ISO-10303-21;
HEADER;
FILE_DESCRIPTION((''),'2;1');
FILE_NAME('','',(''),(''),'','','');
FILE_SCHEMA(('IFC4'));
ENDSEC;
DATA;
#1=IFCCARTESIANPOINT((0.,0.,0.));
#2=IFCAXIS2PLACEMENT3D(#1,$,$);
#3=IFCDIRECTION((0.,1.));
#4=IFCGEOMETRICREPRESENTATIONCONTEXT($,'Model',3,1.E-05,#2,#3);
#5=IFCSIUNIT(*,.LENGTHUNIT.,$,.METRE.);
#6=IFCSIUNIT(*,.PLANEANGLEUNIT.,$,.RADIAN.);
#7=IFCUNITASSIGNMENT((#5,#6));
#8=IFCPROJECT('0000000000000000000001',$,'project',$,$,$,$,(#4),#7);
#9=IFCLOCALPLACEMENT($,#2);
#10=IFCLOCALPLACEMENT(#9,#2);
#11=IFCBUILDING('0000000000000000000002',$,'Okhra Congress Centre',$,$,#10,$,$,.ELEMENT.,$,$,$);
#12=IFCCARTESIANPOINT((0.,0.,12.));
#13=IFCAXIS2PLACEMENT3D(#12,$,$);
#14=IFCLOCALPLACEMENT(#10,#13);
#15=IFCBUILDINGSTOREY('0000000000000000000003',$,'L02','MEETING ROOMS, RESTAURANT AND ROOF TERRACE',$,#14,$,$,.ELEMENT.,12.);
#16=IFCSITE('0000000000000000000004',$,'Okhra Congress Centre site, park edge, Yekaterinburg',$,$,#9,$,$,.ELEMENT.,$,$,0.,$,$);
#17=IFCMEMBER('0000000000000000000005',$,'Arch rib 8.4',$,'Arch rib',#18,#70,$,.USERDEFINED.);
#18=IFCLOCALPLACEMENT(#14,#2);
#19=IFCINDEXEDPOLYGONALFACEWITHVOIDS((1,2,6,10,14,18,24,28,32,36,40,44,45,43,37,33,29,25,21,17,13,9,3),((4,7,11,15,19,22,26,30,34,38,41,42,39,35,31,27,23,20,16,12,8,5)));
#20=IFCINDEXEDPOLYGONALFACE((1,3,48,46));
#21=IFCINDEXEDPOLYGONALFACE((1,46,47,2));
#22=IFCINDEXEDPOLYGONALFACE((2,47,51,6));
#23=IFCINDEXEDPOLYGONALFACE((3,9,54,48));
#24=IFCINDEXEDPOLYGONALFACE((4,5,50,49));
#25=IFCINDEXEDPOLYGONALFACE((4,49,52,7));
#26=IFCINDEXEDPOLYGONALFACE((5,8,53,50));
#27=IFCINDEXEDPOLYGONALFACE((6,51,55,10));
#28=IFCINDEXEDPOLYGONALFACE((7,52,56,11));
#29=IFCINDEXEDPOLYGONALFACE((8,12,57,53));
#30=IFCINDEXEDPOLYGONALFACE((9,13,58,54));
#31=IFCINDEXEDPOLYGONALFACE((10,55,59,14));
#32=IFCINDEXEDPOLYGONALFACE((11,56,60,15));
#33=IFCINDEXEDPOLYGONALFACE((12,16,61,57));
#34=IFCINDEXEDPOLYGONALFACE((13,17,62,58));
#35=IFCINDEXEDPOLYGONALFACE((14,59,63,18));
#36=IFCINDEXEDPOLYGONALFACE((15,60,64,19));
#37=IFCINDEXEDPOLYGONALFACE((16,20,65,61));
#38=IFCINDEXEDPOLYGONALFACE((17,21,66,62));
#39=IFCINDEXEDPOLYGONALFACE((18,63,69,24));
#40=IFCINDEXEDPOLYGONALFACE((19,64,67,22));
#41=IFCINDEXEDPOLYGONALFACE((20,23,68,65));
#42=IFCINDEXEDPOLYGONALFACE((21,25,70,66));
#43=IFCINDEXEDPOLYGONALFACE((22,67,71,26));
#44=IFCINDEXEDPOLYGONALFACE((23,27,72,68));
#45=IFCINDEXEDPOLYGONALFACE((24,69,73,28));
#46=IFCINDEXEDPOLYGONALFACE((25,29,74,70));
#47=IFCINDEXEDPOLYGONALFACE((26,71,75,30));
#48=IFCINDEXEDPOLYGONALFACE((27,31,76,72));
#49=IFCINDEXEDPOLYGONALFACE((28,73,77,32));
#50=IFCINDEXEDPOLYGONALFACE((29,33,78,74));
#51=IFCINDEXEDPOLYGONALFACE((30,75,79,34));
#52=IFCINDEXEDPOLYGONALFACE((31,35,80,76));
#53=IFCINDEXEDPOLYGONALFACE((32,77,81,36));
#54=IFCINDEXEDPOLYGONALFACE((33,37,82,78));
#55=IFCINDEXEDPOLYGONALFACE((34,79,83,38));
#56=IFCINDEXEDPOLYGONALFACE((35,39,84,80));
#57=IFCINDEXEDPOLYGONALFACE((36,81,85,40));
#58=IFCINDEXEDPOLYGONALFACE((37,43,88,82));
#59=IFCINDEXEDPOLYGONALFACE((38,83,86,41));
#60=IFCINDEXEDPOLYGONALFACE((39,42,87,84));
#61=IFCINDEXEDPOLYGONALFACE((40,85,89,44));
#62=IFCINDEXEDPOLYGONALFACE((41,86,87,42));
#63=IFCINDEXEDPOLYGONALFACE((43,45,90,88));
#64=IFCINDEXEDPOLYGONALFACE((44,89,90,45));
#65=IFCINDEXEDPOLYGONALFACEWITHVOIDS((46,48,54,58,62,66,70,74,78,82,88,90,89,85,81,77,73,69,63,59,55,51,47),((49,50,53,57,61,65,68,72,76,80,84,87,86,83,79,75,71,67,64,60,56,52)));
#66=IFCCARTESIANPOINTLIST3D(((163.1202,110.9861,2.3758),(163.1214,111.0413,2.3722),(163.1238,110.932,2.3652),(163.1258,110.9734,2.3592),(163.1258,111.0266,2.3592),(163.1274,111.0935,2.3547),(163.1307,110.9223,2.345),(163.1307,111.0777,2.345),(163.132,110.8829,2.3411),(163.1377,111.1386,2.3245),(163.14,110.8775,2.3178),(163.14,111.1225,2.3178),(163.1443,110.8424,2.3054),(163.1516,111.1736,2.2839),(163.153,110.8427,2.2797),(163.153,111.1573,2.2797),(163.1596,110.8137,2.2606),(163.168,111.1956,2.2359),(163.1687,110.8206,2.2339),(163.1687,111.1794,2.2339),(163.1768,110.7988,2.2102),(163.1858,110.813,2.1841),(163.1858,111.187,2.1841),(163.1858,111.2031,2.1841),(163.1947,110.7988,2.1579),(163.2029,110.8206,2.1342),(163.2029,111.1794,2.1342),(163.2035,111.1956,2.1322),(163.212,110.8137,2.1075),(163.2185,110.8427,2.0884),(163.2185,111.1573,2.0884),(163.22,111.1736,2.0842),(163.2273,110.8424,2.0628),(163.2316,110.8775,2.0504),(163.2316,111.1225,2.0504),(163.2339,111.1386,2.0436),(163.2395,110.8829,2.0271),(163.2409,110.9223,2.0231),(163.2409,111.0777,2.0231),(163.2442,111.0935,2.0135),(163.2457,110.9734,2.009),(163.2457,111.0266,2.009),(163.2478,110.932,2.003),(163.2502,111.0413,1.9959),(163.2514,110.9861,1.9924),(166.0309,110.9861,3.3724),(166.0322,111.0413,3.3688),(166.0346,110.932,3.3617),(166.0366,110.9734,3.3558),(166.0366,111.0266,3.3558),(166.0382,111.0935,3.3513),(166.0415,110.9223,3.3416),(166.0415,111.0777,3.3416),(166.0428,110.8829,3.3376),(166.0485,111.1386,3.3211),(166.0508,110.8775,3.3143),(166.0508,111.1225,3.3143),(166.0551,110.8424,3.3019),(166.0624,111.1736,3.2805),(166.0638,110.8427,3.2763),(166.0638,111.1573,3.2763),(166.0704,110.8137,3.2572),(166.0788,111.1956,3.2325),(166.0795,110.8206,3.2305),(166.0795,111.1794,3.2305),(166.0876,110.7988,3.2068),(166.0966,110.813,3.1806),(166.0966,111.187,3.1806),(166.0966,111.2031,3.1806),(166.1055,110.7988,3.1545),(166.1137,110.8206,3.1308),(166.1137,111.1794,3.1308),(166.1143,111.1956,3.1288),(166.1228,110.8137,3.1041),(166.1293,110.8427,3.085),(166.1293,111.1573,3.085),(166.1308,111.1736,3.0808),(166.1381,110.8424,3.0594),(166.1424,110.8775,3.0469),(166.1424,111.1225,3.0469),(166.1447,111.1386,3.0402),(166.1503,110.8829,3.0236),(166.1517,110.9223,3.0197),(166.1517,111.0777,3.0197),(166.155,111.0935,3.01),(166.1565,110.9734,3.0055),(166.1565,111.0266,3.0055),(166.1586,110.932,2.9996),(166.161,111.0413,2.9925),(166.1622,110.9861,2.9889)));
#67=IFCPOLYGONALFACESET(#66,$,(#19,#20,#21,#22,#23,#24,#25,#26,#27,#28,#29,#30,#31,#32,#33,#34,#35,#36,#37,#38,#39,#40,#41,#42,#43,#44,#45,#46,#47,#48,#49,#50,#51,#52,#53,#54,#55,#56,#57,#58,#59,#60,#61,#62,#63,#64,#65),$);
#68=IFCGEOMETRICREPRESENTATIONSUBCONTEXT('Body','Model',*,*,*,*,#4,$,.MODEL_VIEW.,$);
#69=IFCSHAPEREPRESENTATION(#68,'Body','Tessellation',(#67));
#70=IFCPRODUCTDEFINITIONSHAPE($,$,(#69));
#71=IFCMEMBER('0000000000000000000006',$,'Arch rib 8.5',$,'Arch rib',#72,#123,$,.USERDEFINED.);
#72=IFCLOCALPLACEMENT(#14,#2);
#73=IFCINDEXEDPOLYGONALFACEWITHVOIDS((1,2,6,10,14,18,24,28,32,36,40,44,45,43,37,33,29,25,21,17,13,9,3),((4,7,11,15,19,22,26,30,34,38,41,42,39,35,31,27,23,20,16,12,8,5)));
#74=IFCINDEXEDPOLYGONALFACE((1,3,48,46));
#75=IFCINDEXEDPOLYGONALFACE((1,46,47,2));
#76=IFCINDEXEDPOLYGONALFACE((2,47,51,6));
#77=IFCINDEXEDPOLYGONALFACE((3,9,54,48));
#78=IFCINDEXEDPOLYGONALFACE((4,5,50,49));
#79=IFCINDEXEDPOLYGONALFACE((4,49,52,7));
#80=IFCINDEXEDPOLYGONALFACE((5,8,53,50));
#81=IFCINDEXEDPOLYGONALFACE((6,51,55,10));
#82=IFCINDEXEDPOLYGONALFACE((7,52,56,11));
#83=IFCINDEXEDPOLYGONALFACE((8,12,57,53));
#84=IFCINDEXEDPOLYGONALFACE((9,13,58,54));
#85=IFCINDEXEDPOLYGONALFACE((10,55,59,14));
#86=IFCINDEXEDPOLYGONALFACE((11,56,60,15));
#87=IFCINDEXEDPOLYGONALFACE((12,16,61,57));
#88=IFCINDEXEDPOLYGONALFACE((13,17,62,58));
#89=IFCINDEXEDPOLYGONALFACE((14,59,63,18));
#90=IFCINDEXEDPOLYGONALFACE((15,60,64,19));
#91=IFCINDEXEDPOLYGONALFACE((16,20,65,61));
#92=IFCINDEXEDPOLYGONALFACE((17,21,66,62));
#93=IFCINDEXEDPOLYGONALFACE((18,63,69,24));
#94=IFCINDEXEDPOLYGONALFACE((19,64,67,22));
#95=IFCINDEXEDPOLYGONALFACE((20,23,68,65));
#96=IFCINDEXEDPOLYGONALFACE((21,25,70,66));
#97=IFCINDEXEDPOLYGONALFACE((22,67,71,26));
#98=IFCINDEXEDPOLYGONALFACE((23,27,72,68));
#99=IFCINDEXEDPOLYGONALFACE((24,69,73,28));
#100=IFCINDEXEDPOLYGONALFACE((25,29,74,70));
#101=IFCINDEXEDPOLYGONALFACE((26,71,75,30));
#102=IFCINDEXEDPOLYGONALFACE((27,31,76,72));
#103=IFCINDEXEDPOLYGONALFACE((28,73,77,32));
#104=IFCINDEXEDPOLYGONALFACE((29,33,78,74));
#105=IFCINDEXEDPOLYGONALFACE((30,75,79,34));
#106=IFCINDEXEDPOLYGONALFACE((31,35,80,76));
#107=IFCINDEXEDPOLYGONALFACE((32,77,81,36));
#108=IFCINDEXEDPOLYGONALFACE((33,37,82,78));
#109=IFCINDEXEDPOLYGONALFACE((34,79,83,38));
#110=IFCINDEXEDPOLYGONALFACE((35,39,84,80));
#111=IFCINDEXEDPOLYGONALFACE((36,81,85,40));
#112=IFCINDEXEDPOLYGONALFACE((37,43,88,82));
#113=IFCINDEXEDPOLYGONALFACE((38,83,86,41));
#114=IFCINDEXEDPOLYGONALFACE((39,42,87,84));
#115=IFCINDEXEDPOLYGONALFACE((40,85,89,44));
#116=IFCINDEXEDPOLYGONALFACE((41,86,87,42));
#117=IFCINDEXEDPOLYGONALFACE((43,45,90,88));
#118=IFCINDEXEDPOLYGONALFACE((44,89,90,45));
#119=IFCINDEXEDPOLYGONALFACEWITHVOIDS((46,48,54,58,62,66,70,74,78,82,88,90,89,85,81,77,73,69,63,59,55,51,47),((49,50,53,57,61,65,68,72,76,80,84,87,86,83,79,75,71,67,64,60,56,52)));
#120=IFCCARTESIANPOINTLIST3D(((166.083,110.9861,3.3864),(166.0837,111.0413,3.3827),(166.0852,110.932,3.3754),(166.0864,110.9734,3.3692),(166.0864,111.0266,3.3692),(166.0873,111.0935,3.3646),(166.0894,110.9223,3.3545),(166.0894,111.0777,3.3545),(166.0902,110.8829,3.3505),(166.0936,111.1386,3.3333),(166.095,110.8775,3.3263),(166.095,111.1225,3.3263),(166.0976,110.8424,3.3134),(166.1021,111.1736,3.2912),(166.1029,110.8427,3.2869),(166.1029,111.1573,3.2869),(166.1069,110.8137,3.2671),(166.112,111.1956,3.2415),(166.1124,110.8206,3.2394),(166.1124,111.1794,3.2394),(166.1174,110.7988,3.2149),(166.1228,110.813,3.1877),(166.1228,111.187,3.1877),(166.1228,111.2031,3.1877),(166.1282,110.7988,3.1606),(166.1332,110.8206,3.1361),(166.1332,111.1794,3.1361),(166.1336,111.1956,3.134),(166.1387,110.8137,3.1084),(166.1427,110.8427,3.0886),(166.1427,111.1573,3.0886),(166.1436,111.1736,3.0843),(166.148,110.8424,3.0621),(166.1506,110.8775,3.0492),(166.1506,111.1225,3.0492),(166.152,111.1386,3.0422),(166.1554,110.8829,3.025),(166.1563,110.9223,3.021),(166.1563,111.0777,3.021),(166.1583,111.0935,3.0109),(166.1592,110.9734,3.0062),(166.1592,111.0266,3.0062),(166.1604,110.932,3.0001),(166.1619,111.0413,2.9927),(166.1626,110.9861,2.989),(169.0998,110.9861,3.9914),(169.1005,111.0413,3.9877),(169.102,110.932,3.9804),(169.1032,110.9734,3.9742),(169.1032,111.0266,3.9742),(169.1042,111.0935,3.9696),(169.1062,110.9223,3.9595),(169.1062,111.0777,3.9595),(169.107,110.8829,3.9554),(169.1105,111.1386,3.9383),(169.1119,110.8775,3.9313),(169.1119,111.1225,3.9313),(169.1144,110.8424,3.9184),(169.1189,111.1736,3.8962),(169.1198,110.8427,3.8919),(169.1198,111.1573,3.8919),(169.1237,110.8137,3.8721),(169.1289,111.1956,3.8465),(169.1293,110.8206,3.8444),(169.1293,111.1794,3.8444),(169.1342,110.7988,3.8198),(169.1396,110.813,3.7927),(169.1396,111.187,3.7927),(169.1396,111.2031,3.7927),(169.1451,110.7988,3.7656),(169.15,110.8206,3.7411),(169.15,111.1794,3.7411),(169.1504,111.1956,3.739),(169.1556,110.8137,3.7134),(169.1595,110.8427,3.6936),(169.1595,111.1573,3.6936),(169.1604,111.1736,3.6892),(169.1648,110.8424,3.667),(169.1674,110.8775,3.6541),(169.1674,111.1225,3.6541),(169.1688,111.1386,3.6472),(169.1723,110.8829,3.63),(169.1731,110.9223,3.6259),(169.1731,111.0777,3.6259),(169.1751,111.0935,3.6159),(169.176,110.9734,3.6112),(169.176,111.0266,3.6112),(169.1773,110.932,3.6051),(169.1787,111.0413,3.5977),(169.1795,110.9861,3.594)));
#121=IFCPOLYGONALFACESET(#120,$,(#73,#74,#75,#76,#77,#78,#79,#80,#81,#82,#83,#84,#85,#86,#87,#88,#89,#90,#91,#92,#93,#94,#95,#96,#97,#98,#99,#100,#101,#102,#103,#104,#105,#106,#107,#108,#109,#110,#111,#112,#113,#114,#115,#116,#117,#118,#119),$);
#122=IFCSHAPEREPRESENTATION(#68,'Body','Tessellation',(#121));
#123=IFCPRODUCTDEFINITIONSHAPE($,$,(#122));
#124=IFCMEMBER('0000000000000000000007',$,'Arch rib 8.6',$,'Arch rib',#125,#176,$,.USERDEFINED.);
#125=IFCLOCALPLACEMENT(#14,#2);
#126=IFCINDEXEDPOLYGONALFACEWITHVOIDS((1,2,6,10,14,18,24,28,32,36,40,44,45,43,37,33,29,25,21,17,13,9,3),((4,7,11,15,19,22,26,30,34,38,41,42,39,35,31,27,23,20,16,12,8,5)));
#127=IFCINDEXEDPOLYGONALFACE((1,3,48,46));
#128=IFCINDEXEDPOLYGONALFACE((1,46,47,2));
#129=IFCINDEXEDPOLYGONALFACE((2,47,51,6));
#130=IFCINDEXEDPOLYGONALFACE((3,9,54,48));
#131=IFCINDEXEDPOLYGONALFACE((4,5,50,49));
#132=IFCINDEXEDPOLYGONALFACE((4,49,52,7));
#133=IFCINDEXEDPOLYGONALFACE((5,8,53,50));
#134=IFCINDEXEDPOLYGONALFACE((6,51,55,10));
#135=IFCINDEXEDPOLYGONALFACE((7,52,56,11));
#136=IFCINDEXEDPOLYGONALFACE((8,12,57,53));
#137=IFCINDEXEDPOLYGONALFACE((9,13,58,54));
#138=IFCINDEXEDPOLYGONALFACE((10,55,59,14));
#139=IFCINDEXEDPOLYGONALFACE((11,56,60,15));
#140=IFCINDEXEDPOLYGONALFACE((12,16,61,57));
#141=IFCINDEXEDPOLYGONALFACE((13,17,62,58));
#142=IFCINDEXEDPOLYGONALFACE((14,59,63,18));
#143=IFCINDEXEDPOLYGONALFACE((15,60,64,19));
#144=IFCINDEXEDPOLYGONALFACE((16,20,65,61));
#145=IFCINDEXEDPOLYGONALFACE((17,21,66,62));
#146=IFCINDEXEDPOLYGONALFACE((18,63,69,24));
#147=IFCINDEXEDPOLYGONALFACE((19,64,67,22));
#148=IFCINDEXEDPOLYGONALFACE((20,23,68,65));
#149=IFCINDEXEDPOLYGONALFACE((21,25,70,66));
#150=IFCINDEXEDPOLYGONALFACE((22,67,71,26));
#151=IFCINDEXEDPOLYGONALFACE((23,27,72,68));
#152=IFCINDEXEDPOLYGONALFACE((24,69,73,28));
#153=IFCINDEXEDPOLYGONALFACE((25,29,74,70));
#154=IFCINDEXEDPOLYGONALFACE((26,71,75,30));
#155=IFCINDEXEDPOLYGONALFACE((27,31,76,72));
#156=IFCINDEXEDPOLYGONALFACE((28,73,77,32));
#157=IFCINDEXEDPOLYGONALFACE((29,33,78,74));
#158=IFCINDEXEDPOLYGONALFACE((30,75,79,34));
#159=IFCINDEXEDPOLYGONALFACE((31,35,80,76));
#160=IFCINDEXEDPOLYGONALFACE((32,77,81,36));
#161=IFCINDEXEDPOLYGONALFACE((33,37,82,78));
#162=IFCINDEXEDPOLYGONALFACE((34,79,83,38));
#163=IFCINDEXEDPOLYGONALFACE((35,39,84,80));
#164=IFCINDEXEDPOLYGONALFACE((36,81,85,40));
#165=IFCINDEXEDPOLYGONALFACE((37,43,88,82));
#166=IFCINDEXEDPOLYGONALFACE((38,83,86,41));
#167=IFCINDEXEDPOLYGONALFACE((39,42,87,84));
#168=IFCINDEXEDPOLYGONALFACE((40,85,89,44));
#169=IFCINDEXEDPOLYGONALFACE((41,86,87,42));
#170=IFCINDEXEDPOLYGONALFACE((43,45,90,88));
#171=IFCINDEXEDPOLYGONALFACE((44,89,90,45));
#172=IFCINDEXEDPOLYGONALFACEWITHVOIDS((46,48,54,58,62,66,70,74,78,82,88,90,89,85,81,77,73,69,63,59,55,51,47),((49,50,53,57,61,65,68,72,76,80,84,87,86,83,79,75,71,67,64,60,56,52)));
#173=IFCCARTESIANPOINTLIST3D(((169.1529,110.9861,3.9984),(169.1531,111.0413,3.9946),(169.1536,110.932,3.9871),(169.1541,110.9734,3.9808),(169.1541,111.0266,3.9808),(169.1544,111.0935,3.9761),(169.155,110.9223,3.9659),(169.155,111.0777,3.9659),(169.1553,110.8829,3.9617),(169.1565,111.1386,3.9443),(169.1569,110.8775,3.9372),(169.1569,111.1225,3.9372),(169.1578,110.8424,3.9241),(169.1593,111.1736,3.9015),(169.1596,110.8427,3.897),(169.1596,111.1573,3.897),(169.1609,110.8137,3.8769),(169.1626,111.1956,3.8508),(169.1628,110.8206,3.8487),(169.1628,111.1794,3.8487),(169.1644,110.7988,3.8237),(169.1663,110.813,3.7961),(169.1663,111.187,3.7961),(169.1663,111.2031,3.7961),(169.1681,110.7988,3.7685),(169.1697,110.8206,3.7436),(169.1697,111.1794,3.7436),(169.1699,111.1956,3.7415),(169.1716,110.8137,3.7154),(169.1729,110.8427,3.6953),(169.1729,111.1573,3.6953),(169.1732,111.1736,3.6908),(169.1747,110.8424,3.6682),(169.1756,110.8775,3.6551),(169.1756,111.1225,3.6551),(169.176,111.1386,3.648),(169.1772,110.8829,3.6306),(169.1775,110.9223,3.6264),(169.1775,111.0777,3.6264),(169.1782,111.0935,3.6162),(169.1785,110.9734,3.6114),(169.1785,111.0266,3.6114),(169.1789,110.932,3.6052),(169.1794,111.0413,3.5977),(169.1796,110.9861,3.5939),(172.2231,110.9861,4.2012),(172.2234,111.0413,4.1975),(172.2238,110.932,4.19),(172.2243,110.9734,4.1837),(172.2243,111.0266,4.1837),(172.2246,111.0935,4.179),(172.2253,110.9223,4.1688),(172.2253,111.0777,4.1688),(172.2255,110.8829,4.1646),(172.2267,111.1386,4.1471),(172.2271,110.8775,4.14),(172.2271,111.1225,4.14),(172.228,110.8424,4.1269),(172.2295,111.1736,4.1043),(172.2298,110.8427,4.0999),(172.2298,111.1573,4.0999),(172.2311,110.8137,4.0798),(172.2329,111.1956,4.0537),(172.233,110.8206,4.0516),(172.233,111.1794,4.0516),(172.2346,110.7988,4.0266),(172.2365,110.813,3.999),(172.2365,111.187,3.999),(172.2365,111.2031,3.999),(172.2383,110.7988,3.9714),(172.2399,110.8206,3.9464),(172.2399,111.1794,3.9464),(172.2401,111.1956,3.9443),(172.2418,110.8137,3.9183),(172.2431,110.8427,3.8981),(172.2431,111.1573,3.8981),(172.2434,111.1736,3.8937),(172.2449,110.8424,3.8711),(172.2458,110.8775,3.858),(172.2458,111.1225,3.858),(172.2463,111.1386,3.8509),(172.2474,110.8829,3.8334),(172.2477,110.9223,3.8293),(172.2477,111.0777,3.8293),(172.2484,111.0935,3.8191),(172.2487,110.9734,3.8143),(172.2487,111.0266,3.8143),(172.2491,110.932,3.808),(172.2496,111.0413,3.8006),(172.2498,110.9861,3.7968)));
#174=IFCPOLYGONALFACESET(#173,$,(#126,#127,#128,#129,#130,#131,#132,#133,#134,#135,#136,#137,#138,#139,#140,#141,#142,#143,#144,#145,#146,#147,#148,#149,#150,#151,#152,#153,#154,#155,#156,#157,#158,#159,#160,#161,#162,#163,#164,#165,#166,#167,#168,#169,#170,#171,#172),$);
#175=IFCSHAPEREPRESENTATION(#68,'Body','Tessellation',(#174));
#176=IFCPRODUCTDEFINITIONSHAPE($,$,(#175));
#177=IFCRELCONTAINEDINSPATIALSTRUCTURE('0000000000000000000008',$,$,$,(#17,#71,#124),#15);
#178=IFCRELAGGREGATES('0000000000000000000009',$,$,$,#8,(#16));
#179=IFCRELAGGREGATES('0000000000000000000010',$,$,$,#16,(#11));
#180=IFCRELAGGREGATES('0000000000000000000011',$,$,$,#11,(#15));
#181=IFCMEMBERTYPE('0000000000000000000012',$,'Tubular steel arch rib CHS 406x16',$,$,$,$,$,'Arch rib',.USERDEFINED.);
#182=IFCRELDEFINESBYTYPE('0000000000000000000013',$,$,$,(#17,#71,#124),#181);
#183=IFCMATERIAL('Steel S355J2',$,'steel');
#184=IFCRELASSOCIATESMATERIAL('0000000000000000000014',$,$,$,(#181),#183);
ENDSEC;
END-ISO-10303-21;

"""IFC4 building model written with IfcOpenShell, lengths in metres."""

from ifc_helpers import new_model, si_unit, direction, frame, origin, origin_2d, place, context, subcontext, project, spatial, hollow_circle, extrude, material, material_profile, profile_set, type_object, element, save


model = new_model("IFC4")

# Units and contexts
model_context = context("Model", 3, precision=1e-05, world=origin(), true_north=direction((0.0, 1.0)))
body_context = subcontext(model_context, "Body", "Model", "MODEL_VIEW")
ifc_project = project(units=[si_unit("LENGTHUNIT", "METRE"), si_unit("PLANEANGLEUNIT", "RADIAN")], contexts=[model_context])

# Site, building, storey
site_placement = place(None, origin())
site = spatial("IfcSite", under=ifc_project, at=site_placement, Name="Okhra Congress Centre site, park edge, Yekaterinburg", CompositionType="ELEMENT", RefElevation=0.0)
building_placement = place(site_placement, origin())
building = spatial("IfcBuilding", under=site, at=building_placement, Name="Okhra Congress Centre", CompositionType="ELEMENT")
storey_placement = place(building_placement, frame((0.0, 0.0, 12.0)))
storey = spatial("IfcBuildingStorey", under=building, at=storey_placement, Name="L02", Description="MEETING ROOMS, RESTAURANT AND ROOF TERRACE", CompositionType="ELEMENT", Elevation=12.0)

# Members
ifc_material_1 = material(Name="Steel S355J2", Category="steel")
ifc_material_profile_1 = material_profile(ifc_material_1, hollow_circle(Radius=0.2031, WallThickness=0.0161, at=origin_2d()), Name="CHS 406.4x16")
ifc_profile_set_1 = profile_set([ifc_material_profile_1], Name="Steel S355J2")
member_type_1 = type_object("IfcMemberType", Name="Tubular steel arch rib CHS 406x16", ElementType="Arch rib", PredefinedType="USERDEFINED", material=ifc_profile_set_1)
member_placement = place(storey_placement, frame((163.1858, 111.0, 2.1841), z_axis=(0.946089, 0.0, 0.323906), x_axis=(0.0, 1.0, 0.0)))
element("IfcMember", 1, at=member_placement, inside=storey, type_object=member_type_1, Name="Arch rib 8.4", ObjectType="Arch rib", PredefinedType="USERDEFINED", context=body_context, shape_type="SweptSolid", body=[
    extrude(hollow_circle(Radius=0.2031, WallThickness=0.0161, at=origin_2d()), origin(), (0.0, 0.0, 1.0), 3.0767),
])
for number, where, z_axis, x_axis, name in (
    (2, (166.1228, 111.0, 3.1877), (0.98048, 0.0, 0.19662), (0.0, 1.0, 0.0), "Arch rib 8.5"),
    (3, (169.1663, 111.0, 3.7961), (0.997824, 0.0, 0.065934), (0.0, 1.0, 0.0), "Arch rib 8.6"),
):
    element("IfcMember", number, at=place(storey_placement, frame(where, z_axis=z_axis, x_axis=x_axis)), inside=storey, type_object=member_type_1, Name=name, ObjectType="Arch rib", PredefinedType="USERDEFINED", context=body_context, shape_type="SweptSolid", body=[
        extrude(hollow_circle(Radius=0.2031, WallThickness=0.0161, at=origin_2d()), origin(), (0.0, 0.0, 1.0), 3.0769),
    ])

save(model, "model.ifc")
